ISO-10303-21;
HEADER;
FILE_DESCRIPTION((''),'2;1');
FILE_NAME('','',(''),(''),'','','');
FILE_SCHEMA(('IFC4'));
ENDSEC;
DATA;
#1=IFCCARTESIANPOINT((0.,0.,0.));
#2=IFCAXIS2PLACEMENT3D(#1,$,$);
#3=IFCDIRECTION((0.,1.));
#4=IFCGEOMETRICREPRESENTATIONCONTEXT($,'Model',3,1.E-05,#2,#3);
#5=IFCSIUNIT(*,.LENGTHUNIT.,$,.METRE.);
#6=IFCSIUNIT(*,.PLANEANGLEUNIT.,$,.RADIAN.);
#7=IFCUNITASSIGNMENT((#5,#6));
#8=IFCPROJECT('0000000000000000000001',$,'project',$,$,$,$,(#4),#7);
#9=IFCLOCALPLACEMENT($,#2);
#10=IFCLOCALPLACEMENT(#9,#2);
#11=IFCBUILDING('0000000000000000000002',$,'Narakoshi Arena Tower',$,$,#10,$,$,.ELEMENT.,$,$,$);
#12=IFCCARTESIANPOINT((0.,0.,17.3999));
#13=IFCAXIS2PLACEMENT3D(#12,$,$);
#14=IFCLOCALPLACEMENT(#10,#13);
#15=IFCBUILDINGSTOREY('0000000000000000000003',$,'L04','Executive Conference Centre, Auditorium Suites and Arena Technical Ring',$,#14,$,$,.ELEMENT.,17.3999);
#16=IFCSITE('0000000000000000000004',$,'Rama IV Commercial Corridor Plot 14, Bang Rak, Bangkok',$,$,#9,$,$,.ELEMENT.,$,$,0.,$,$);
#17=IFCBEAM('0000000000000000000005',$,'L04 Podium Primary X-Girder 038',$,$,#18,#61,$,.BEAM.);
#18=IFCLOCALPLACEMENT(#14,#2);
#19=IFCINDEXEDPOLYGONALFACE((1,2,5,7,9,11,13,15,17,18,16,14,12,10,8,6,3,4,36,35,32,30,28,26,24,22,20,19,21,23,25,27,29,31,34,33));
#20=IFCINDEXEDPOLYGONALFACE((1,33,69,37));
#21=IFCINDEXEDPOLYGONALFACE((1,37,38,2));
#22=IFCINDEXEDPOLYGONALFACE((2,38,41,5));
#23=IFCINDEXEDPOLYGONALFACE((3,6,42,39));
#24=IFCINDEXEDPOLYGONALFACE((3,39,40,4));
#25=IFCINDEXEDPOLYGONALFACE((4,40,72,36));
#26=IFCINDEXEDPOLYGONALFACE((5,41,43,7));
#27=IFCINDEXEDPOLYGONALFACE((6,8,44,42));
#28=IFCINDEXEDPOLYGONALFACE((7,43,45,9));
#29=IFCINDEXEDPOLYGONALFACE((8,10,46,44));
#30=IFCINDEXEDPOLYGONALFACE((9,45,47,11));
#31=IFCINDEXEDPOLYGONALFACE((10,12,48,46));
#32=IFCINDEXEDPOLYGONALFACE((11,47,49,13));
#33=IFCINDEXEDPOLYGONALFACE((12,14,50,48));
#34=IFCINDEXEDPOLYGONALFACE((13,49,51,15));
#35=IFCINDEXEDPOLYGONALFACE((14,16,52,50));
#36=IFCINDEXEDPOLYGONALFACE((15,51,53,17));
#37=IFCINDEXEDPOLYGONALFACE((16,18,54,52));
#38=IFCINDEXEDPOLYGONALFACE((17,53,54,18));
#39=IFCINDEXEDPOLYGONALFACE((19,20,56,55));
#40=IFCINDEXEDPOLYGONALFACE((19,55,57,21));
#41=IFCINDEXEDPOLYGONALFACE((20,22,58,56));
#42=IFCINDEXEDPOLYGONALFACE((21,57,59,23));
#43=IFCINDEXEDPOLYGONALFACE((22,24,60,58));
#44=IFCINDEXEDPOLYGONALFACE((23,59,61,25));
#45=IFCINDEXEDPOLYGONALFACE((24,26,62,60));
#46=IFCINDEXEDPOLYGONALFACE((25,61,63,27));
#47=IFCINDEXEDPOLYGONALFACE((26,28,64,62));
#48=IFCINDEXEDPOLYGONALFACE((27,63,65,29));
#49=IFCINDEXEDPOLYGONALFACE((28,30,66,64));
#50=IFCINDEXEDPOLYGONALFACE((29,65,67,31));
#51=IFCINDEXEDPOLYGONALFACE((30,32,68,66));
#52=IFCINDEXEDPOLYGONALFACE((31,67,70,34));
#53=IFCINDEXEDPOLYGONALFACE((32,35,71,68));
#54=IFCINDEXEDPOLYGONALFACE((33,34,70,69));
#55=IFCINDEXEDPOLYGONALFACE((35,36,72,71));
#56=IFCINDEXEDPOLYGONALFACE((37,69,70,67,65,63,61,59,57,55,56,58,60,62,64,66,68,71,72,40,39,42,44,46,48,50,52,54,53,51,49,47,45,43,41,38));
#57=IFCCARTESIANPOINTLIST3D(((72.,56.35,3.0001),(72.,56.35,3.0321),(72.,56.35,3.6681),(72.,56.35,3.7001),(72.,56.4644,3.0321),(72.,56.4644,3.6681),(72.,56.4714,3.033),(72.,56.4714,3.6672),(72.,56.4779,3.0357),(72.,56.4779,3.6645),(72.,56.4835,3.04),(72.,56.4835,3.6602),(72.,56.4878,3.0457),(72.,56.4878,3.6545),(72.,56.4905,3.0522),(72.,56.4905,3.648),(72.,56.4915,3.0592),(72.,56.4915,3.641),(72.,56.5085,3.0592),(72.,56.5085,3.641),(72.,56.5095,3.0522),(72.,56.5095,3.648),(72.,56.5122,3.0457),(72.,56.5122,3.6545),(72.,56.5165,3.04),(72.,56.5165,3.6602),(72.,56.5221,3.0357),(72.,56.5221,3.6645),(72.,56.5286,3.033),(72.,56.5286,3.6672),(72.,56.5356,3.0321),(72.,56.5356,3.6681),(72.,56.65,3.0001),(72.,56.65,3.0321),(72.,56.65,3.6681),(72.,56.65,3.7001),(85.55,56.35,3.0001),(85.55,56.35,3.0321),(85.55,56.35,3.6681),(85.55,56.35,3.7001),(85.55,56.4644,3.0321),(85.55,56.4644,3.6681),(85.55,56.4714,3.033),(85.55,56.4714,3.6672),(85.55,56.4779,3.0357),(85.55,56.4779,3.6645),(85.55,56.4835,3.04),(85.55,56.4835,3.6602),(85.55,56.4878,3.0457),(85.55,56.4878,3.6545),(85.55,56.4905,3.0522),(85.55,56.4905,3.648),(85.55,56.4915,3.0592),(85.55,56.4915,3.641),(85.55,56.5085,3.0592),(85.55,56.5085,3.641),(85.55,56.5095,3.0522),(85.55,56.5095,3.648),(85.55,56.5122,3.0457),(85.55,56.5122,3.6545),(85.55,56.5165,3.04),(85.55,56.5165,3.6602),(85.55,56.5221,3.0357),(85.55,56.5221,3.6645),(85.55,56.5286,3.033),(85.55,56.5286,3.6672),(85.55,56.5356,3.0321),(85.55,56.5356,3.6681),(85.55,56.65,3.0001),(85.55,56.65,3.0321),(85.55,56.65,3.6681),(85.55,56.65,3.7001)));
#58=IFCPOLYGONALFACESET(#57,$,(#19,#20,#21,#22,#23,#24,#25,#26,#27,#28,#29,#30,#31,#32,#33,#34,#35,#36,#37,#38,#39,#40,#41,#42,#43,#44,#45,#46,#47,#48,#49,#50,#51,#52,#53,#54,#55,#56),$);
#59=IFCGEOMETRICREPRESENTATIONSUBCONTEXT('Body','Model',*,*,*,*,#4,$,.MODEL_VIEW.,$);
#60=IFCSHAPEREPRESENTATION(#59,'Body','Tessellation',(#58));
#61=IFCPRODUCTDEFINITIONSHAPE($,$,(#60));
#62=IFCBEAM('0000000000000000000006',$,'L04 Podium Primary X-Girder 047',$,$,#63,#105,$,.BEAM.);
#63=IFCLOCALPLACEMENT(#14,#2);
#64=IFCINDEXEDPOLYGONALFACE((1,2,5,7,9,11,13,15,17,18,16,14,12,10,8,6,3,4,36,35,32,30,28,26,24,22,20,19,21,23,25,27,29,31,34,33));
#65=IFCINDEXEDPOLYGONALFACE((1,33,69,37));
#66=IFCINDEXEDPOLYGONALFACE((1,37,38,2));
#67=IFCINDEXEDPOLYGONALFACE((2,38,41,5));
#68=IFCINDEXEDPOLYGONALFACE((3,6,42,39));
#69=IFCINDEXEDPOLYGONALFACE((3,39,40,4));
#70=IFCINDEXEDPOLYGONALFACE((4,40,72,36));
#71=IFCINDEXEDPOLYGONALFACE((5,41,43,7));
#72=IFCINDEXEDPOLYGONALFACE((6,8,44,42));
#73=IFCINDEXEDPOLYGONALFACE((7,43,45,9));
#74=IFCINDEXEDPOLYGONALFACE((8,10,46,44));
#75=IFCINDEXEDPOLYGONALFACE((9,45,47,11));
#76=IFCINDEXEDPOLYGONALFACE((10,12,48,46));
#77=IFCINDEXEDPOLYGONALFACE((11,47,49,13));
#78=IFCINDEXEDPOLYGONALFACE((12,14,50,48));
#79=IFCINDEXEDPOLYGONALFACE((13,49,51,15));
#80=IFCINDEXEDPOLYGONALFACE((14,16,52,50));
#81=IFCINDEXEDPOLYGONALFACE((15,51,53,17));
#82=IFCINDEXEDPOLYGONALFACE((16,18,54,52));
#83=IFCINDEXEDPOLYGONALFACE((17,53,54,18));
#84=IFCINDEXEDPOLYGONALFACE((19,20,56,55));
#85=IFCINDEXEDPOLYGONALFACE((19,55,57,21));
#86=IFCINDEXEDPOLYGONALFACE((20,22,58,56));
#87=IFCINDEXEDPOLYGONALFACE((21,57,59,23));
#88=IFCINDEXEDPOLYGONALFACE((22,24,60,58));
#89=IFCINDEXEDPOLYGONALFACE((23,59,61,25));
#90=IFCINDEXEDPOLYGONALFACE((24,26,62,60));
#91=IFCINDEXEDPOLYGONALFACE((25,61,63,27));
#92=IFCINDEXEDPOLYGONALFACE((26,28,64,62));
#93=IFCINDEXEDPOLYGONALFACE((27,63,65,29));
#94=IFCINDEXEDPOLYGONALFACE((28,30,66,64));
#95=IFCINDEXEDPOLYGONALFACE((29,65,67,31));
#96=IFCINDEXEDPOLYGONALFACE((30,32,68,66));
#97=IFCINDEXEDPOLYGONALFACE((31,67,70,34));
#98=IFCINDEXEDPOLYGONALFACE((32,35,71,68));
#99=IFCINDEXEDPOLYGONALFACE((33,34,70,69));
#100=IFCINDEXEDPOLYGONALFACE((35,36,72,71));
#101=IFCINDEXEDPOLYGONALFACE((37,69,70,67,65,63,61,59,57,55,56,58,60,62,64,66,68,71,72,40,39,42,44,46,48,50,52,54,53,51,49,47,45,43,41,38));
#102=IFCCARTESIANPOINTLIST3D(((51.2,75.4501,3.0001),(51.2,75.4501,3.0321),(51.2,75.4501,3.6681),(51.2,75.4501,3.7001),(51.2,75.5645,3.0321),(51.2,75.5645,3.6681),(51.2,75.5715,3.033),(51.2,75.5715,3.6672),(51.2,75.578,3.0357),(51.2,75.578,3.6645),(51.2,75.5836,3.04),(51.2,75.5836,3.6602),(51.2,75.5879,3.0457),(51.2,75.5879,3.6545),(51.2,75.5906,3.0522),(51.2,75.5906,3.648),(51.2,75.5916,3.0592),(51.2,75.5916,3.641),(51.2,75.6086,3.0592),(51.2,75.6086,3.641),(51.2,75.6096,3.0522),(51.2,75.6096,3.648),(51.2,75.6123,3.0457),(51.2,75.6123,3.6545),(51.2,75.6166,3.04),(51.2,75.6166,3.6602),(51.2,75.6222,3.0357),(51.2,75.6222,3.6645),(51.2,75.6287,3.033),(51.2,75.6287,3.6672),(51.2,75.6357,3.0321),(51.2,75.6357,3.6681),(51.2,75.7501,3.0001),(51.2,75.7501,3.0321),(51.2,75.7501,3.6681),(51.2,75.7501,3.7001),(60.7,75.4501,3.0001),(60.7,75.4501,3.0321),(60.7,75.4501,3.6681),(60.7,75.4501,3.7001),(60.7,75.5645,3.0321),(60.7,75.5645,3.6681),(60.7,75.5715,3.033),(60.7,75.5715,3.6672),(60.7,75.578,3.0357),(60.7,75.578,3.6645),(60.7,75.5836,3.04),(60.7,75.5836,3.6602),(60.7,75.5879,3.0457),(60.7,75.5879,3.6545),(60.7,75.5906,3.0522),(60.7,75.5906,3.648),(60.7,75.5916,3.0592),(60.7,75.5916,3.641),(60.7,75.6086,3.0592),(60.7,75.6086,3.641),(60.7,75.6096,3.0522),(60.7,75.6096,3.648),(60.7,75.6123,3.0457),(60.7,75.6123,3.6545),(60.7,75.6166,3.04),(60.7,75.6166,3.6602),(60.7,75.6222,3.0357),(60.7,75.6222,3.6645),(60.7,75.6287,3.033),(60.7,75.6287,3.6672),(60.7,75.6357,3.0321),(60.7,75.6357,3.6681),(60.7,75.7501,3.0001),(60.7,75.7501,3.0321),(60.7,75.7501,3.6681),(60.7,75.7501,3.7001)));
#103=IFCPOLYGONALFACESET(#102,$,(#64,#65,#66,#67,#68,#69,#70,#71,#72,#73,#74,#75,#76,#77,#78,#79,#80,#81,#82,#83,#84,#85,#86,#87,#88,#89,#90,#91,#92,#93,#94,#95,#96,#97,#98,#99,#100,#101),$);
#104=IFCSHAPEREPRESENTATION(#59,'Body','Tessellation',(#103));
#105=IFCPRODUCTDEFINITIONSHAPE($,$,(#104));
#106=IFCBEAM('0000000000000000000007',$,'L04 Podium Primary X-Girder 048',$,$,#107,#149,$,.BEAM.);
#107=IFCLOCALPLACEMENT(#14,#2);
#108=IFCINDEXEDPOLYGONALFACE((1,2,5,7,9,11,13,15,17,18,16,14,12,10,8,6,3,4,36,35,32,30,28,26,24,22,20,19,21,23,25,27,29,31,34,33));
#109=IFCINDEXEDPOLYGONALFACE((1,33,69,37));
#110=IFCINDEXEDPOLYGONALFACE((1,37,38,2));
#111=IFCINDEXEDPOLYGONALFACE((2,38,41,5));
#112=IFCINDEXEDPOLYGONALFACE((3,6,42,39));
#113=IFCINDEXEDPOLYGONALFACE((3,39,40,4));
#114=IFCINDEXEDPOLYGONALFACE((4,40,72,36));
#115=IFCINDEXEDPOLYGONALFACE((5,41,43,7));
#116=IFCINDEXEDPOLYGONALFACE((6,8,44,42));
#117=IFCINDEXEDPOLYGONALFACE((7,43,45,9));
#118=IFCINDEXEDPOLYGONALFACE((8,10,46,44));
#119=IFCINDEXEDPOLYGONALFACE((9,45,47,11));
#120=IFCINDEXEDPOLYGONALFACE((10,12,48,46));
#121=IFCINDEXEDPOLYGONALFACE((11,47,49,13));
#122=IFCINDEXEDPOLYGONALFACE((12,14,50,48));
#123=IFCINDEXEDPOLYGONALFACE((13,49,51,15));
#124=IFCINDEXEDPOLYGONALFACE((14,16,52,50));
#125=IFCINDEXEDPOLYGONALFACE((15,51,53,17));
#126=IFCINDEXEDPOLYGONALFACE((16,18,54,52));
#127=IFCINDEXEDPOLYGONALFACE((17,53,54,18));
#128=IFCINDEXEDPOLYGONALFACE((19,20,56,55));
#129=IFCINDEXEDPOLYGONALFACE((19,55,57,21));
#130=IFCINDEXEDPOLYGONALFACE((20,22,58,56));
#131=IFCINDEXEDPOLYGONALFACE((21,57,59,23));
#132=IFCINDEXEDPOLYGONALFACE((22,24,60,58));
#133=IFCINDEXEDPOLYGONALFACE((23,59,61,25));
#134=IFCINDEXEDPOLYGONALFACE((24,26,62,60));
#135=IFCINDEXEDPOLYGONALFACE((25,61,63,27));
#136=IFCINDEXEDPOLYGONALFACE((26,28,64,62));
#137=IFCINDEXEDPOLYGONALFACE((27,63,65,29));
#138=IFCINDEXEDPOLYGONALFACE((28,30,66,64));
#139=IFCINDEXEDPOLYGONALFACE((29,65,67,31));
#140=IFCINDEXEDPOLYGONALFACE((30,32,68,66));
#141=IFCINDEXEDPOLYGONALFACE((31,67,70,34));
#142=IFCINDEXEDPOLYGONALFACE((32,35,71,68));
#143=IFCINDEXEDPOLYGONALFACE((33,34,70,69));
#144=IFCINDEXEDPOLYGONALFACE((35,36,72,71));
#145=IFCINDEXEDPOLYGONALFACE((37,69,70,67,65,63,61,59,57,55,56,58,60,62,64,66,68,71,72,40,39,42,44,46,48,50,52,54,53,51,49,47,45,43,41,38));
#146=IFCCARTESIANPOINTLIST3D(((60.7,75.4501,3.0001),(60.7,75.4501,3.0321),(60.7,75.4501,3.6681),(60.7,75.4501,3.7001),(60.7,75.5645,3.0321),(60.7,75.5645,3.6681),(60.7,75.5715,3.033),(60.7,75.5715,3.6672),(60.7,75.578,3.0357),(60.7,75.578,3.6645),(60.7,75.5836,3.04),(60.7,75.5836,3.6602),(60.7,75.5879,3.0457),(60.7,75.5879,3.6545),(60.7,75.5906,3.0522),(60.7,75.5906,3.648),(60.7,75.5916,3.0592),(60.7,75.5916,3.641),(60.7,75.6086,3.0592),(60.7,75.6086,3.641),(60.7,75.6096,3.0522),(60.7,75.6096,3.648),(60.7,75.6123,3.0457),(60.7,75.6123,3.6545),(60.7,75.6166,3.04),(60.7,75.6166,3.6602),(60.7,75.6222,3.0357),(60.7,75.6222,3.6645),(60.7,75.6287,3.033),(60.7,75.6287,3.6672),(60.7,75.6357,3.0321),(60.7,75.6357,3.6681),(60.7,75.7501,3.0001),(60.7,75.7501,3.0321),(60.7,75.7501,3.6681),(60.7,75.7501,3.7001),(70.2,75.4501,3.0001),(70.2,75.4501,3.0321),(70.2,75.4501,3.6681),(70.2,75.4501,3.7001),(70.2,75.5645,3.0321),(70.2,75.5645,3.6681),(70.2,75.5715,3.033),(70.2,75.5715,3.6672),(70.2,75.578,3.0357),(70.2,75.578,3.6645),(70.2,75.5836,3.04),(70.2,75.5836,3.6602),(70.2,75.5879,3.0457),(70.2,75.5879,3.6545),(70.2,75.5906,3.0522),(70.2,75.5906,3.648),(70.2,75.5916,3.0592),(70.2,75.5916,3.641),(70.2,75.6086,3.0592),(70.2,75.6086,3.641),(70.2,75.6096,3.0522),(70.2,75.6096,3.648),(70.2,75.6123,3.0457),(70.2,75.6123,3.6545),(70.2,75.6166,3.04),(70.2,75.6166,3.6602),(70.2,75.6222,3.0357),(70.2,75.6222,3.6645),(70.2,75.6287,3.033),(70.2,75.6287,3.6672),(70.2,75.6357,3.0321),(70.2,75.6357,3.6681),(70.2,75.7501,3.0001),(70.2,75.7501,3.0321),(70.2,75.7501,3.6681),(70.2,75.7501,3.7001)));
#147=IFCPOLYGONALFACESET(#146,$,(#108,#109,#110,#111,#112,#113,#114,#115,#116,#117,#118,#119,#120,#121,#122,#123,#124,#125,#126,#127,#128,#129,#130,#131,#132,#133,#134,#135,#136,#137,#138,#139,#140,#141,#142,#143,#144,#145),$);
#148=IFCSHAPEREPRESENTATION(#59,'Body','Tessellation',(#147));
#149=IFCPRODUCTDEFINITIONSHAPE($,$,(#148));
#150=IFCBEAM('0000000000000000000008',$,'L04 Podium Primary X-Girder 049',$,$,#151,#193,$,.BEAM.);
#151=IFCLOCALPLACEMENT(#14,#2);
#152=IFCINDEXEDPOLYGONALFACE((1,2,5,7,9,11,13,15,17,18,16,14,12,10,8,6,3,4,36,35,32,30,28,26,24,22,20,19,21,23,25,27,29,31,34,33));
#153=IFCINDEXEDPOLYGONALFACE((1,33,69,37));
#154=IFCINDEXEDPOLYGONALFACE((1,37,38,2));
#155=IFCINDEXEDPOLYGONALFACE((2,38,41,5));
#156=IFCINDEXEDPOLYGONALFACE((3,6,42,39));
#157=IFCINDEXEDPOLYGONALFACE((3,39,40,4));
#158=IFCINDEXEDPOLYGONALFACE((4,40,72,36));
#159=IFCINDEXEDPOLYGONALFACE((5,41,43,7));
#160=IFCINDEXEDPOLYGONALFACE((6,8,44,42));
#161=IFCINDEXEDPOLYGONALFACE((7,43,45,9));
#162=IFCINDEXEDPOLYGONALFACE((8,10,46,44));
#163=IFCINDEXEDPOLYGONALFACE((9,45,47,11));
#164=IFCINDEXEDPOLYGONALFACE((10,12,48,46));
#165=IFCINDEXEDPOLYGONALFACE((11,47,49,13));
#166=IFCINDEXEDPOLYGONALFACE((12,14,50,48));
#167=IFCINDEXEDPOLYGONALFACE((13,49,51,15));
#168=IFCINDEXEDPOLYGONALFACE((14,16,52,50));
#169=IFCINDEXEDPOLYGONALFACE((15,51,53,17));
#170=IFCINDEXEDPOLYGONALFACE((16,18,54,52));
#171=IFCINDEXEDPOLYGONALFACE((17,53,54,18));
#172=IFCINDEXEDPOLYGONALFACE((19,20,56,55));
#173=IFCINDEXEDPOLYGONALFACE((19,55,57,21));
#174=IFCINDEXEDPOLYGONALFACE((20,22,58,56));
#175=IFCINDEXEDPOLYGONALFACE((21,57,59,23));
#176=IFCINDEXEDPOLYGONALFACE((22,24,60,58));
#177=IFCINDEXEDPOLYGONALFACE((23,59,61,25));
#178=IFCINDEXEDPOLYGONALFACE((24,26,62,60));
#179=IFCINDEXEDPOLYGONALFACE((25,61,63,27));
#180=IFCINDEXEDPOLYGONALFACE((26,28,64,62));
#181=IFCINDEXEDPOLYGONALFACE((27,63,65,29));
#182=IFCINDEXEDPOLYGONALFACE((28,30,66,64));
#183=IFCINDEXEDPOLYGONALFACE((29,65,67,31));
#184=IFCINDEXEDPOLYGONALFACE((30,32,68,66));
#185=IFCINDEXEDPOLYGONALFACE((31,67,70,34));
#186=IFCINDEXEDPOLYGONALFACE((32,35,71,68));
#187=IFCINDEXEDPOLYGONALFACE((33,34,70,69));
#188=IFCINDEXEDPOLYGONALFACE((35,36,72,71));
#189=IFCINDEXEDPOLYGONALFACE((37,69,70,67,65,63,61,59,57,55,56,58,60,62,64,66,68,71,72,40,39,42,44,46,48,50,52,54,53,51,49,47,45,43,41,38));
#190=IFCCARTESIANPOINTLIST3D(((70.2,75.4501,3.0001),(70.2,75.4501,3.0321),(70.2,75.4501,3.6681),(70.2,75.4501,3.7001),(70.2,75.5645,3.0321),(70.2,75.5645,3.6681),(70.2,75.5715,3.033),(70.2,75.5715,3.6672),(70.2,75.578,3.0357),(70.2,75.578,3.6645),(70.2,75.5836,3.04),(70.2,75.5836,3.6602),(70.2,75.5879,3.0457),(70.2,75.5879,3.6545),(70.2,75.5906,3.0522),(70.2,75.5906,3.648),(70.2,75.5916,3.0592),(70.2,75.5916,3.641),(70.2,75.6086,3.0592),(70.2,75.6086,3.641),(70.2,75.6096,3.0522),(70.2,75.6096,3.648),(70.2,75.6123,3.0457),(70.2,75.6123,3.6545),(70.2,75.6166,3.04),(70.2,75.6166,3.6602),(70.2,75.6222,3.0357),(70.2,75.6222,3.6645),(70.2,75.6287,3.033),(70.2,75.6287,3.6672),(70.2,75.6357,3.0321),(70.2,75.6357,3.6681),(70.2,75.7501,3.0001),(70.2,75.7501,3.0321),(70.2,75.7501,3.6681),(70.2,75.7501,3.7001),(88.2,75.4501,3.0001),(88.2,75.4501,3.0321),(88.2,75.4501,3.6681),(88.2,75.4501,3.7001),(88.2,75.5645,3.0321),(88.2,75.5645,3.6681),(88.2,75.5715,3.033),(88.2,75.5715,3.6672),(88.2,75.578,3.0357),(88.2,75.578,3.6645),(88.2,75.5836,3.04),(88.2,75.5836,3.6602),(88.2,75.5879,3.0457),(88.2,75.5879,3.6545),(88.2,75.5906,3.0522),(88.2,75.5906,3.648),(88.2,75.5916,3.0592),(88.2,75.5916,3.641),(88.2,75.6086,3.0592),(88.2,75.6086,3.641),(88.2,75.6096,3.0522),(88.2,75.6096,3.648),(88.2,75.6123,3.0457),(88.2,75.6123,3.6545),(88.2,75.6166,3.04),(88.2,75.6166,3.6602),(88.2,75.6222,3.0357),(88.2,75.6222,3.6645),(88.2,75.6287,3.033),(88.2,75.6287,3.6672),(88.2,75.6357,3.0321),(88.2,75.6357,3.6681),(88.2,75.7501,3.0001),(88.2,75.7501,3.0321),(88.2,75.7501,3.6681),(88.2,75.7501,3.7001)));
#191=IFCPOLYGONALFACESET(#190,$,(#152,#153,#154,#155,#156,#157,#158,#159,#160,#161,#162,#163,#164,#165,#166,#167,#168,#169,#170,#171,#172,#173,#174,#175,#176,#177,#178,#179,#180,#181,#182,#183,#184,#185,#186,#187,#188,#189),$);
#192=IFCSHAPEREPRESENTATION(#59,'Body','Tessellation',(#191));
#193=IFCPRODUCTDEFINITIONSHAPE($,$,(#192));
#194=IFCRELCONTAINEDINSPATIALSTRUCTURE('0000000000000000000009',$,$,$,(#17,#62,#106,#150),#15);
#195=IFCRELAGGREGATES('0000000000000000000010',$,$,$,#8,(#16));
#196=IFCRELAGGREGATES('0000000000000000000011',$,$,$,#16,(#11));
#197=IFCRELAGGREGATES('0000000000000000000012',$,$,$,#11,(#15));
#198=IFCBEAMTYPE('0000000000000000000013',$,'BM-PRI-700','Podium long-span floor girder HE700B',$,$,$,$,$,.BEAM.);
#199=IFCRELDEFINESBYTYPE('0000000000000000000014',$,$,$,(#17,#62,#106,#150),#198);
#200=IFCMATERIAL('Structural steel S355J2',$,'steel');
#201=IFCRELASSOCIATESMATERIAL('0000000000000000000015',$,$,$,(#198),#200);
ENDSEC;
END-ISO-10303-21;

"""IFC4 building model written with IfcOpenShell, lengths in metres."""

from ifc_helpers import new_model, si_unit, direction, frame, origin, origin_2d, place, context, subcontext, project, spatial, i_section, extrude, material, material_profile, profile_set, type_object, element, save


model = new_model("IFC4")

# Units and contexts
model_context = context("Model", 3, precision=1e-05, world=origin(), true_north=direction((0.0, 1.0)))
body_context = subcontext(model_context, "Body", "Model", "MODEL_VIEW")
ifc_project = project(units=[si_unit("LENGTHUNIT", "METRE"), si_unit("PLANEANGLEUNIT", "RADIAN")], contexts=[model_context])

# Site, building, storey
site_placement = place(None, origin())
site = spatial("IfcSite", under=ifc_project, at=site_placement, Name="Rama IV Commercial Corridor Plot 14, Bang Rak, Bangkok", CompositionType="ELEMENT", RefElevation=0.0)
building_placement = place(site_placement, origin())
building = spatial("IfcBuilding", under=site, at=building_placement, Name="Narakoshi Arena Tower", CompositionType="ELEMENT")
storey_placement = place(building_placement, frame((0.0, 0.0, 17.3999)))
storey = spatial("IfcBuildingStorey", under=building, at=storey_placement, Name="L04", Description="Executive Conference Centre, Auditorium Suites and Arena Technical Ring", CompositionType="ELEMENT", Elevation=17.3999)

# Beams
ifc_material_1 = material(Name="Structural steel S355J2", Category="steel")
ifc_material_profile_1 = material_profile(ifc_material_1, i_section(OverallWidth=0.3, OverallDepth=0.7, WebThickness=0.0171, FlangeThickness=0.032, FilletRadius=0.0271, at=origin_2d()), Name="HE700B")
ifc_profile_set_1 = profile_set([ifc_material_profile_1], Name="Structural steel S355J2")
beam_type_1 = type_object("IfcBeamType", Name="BM-PRI-700", Description="Podium long-span floor girder HE700B", PredefinedType="BEAM", material=ifc_profile_set_1)
beam_1_placement = place(storey_placement, frame((72.0, 56.5, 3.3501), z_axis=(1.0, 0.0, 0.0), x_axis=(0.0, 1.0, 0.0)))
element("IfcBeam", 1, at=beam_1_placement, inside=storey, type_object=beam_type_1, Name="L04 Podium Primary X-Girder 038", PredefinedType="BEAM", context=body_context, shape_type="SweptSolid", body=[
    extrude(i_section(OverallWidth=0.3, OverallDepth=0.7, WebThickness=0.0171, FlangeThickness=0.032, FilletRadius=0.0271, at=origin_2d()), origin(), (0.0, 0.0, 1.0), 13.55),
])
for number, where, z_axis, x_axis, name in (
    (2, (51.2, 75.6001, 3.3501), (1.0, 0.0, 0.0), (0.0, 1.0, 0.0), "L04 Podium Primary X-Girder 047"),
    (3, (60.7, 75.6001, 3.3501), (1.0, 0.0, 0.0), (0.0, 1.0, 0.0), "L04 Podium Primary X-Girder 048"),
):
    element("IfcBeam", number, at=place(storey_placement, frame(where, z_axis=z_axis, x_axis=x_axis)), inside=storey, type_object=beam_type_1, Name=name, PredefinedType="BEAM", context=body_context, shape_type="SweptSolid", body=[
        extrude(i_section(OverallWidth=0.3, OverallDepth=0.7, WebThickness=0.0171, FlangeThickness=0.032, FilletRadius=0.0271, at=origin_2d()), origin(), (0.0, 0.0, 1.0), 9.5),
    ])
beam_2_placement = place(storey_placement, frame((70.2, 75.6001, 3.3501), z_axis=(1.0, 0.0, 0.0), x_axis=(0.0, 1.0, 0.0)))
element("IfcBeam", 4, at=beam_2_placement, inside=storey, type_object=beam_type_1, Name="L04 Podium Primary X-Girder 049", PredefinedType="BEAM", context=body_context, shape_type="SweptSolid", body=[
    extrude(i_section(OverallWidth=0.3, OverallDepth=0.7, WebThickness=0.0171, FlangeThickness=0.032, FilletRadius=0.0271, at=origin_2d()), origin(), (0.0, 0.0, 1.0), 18.0),
])

save(model, "model.ifc")
